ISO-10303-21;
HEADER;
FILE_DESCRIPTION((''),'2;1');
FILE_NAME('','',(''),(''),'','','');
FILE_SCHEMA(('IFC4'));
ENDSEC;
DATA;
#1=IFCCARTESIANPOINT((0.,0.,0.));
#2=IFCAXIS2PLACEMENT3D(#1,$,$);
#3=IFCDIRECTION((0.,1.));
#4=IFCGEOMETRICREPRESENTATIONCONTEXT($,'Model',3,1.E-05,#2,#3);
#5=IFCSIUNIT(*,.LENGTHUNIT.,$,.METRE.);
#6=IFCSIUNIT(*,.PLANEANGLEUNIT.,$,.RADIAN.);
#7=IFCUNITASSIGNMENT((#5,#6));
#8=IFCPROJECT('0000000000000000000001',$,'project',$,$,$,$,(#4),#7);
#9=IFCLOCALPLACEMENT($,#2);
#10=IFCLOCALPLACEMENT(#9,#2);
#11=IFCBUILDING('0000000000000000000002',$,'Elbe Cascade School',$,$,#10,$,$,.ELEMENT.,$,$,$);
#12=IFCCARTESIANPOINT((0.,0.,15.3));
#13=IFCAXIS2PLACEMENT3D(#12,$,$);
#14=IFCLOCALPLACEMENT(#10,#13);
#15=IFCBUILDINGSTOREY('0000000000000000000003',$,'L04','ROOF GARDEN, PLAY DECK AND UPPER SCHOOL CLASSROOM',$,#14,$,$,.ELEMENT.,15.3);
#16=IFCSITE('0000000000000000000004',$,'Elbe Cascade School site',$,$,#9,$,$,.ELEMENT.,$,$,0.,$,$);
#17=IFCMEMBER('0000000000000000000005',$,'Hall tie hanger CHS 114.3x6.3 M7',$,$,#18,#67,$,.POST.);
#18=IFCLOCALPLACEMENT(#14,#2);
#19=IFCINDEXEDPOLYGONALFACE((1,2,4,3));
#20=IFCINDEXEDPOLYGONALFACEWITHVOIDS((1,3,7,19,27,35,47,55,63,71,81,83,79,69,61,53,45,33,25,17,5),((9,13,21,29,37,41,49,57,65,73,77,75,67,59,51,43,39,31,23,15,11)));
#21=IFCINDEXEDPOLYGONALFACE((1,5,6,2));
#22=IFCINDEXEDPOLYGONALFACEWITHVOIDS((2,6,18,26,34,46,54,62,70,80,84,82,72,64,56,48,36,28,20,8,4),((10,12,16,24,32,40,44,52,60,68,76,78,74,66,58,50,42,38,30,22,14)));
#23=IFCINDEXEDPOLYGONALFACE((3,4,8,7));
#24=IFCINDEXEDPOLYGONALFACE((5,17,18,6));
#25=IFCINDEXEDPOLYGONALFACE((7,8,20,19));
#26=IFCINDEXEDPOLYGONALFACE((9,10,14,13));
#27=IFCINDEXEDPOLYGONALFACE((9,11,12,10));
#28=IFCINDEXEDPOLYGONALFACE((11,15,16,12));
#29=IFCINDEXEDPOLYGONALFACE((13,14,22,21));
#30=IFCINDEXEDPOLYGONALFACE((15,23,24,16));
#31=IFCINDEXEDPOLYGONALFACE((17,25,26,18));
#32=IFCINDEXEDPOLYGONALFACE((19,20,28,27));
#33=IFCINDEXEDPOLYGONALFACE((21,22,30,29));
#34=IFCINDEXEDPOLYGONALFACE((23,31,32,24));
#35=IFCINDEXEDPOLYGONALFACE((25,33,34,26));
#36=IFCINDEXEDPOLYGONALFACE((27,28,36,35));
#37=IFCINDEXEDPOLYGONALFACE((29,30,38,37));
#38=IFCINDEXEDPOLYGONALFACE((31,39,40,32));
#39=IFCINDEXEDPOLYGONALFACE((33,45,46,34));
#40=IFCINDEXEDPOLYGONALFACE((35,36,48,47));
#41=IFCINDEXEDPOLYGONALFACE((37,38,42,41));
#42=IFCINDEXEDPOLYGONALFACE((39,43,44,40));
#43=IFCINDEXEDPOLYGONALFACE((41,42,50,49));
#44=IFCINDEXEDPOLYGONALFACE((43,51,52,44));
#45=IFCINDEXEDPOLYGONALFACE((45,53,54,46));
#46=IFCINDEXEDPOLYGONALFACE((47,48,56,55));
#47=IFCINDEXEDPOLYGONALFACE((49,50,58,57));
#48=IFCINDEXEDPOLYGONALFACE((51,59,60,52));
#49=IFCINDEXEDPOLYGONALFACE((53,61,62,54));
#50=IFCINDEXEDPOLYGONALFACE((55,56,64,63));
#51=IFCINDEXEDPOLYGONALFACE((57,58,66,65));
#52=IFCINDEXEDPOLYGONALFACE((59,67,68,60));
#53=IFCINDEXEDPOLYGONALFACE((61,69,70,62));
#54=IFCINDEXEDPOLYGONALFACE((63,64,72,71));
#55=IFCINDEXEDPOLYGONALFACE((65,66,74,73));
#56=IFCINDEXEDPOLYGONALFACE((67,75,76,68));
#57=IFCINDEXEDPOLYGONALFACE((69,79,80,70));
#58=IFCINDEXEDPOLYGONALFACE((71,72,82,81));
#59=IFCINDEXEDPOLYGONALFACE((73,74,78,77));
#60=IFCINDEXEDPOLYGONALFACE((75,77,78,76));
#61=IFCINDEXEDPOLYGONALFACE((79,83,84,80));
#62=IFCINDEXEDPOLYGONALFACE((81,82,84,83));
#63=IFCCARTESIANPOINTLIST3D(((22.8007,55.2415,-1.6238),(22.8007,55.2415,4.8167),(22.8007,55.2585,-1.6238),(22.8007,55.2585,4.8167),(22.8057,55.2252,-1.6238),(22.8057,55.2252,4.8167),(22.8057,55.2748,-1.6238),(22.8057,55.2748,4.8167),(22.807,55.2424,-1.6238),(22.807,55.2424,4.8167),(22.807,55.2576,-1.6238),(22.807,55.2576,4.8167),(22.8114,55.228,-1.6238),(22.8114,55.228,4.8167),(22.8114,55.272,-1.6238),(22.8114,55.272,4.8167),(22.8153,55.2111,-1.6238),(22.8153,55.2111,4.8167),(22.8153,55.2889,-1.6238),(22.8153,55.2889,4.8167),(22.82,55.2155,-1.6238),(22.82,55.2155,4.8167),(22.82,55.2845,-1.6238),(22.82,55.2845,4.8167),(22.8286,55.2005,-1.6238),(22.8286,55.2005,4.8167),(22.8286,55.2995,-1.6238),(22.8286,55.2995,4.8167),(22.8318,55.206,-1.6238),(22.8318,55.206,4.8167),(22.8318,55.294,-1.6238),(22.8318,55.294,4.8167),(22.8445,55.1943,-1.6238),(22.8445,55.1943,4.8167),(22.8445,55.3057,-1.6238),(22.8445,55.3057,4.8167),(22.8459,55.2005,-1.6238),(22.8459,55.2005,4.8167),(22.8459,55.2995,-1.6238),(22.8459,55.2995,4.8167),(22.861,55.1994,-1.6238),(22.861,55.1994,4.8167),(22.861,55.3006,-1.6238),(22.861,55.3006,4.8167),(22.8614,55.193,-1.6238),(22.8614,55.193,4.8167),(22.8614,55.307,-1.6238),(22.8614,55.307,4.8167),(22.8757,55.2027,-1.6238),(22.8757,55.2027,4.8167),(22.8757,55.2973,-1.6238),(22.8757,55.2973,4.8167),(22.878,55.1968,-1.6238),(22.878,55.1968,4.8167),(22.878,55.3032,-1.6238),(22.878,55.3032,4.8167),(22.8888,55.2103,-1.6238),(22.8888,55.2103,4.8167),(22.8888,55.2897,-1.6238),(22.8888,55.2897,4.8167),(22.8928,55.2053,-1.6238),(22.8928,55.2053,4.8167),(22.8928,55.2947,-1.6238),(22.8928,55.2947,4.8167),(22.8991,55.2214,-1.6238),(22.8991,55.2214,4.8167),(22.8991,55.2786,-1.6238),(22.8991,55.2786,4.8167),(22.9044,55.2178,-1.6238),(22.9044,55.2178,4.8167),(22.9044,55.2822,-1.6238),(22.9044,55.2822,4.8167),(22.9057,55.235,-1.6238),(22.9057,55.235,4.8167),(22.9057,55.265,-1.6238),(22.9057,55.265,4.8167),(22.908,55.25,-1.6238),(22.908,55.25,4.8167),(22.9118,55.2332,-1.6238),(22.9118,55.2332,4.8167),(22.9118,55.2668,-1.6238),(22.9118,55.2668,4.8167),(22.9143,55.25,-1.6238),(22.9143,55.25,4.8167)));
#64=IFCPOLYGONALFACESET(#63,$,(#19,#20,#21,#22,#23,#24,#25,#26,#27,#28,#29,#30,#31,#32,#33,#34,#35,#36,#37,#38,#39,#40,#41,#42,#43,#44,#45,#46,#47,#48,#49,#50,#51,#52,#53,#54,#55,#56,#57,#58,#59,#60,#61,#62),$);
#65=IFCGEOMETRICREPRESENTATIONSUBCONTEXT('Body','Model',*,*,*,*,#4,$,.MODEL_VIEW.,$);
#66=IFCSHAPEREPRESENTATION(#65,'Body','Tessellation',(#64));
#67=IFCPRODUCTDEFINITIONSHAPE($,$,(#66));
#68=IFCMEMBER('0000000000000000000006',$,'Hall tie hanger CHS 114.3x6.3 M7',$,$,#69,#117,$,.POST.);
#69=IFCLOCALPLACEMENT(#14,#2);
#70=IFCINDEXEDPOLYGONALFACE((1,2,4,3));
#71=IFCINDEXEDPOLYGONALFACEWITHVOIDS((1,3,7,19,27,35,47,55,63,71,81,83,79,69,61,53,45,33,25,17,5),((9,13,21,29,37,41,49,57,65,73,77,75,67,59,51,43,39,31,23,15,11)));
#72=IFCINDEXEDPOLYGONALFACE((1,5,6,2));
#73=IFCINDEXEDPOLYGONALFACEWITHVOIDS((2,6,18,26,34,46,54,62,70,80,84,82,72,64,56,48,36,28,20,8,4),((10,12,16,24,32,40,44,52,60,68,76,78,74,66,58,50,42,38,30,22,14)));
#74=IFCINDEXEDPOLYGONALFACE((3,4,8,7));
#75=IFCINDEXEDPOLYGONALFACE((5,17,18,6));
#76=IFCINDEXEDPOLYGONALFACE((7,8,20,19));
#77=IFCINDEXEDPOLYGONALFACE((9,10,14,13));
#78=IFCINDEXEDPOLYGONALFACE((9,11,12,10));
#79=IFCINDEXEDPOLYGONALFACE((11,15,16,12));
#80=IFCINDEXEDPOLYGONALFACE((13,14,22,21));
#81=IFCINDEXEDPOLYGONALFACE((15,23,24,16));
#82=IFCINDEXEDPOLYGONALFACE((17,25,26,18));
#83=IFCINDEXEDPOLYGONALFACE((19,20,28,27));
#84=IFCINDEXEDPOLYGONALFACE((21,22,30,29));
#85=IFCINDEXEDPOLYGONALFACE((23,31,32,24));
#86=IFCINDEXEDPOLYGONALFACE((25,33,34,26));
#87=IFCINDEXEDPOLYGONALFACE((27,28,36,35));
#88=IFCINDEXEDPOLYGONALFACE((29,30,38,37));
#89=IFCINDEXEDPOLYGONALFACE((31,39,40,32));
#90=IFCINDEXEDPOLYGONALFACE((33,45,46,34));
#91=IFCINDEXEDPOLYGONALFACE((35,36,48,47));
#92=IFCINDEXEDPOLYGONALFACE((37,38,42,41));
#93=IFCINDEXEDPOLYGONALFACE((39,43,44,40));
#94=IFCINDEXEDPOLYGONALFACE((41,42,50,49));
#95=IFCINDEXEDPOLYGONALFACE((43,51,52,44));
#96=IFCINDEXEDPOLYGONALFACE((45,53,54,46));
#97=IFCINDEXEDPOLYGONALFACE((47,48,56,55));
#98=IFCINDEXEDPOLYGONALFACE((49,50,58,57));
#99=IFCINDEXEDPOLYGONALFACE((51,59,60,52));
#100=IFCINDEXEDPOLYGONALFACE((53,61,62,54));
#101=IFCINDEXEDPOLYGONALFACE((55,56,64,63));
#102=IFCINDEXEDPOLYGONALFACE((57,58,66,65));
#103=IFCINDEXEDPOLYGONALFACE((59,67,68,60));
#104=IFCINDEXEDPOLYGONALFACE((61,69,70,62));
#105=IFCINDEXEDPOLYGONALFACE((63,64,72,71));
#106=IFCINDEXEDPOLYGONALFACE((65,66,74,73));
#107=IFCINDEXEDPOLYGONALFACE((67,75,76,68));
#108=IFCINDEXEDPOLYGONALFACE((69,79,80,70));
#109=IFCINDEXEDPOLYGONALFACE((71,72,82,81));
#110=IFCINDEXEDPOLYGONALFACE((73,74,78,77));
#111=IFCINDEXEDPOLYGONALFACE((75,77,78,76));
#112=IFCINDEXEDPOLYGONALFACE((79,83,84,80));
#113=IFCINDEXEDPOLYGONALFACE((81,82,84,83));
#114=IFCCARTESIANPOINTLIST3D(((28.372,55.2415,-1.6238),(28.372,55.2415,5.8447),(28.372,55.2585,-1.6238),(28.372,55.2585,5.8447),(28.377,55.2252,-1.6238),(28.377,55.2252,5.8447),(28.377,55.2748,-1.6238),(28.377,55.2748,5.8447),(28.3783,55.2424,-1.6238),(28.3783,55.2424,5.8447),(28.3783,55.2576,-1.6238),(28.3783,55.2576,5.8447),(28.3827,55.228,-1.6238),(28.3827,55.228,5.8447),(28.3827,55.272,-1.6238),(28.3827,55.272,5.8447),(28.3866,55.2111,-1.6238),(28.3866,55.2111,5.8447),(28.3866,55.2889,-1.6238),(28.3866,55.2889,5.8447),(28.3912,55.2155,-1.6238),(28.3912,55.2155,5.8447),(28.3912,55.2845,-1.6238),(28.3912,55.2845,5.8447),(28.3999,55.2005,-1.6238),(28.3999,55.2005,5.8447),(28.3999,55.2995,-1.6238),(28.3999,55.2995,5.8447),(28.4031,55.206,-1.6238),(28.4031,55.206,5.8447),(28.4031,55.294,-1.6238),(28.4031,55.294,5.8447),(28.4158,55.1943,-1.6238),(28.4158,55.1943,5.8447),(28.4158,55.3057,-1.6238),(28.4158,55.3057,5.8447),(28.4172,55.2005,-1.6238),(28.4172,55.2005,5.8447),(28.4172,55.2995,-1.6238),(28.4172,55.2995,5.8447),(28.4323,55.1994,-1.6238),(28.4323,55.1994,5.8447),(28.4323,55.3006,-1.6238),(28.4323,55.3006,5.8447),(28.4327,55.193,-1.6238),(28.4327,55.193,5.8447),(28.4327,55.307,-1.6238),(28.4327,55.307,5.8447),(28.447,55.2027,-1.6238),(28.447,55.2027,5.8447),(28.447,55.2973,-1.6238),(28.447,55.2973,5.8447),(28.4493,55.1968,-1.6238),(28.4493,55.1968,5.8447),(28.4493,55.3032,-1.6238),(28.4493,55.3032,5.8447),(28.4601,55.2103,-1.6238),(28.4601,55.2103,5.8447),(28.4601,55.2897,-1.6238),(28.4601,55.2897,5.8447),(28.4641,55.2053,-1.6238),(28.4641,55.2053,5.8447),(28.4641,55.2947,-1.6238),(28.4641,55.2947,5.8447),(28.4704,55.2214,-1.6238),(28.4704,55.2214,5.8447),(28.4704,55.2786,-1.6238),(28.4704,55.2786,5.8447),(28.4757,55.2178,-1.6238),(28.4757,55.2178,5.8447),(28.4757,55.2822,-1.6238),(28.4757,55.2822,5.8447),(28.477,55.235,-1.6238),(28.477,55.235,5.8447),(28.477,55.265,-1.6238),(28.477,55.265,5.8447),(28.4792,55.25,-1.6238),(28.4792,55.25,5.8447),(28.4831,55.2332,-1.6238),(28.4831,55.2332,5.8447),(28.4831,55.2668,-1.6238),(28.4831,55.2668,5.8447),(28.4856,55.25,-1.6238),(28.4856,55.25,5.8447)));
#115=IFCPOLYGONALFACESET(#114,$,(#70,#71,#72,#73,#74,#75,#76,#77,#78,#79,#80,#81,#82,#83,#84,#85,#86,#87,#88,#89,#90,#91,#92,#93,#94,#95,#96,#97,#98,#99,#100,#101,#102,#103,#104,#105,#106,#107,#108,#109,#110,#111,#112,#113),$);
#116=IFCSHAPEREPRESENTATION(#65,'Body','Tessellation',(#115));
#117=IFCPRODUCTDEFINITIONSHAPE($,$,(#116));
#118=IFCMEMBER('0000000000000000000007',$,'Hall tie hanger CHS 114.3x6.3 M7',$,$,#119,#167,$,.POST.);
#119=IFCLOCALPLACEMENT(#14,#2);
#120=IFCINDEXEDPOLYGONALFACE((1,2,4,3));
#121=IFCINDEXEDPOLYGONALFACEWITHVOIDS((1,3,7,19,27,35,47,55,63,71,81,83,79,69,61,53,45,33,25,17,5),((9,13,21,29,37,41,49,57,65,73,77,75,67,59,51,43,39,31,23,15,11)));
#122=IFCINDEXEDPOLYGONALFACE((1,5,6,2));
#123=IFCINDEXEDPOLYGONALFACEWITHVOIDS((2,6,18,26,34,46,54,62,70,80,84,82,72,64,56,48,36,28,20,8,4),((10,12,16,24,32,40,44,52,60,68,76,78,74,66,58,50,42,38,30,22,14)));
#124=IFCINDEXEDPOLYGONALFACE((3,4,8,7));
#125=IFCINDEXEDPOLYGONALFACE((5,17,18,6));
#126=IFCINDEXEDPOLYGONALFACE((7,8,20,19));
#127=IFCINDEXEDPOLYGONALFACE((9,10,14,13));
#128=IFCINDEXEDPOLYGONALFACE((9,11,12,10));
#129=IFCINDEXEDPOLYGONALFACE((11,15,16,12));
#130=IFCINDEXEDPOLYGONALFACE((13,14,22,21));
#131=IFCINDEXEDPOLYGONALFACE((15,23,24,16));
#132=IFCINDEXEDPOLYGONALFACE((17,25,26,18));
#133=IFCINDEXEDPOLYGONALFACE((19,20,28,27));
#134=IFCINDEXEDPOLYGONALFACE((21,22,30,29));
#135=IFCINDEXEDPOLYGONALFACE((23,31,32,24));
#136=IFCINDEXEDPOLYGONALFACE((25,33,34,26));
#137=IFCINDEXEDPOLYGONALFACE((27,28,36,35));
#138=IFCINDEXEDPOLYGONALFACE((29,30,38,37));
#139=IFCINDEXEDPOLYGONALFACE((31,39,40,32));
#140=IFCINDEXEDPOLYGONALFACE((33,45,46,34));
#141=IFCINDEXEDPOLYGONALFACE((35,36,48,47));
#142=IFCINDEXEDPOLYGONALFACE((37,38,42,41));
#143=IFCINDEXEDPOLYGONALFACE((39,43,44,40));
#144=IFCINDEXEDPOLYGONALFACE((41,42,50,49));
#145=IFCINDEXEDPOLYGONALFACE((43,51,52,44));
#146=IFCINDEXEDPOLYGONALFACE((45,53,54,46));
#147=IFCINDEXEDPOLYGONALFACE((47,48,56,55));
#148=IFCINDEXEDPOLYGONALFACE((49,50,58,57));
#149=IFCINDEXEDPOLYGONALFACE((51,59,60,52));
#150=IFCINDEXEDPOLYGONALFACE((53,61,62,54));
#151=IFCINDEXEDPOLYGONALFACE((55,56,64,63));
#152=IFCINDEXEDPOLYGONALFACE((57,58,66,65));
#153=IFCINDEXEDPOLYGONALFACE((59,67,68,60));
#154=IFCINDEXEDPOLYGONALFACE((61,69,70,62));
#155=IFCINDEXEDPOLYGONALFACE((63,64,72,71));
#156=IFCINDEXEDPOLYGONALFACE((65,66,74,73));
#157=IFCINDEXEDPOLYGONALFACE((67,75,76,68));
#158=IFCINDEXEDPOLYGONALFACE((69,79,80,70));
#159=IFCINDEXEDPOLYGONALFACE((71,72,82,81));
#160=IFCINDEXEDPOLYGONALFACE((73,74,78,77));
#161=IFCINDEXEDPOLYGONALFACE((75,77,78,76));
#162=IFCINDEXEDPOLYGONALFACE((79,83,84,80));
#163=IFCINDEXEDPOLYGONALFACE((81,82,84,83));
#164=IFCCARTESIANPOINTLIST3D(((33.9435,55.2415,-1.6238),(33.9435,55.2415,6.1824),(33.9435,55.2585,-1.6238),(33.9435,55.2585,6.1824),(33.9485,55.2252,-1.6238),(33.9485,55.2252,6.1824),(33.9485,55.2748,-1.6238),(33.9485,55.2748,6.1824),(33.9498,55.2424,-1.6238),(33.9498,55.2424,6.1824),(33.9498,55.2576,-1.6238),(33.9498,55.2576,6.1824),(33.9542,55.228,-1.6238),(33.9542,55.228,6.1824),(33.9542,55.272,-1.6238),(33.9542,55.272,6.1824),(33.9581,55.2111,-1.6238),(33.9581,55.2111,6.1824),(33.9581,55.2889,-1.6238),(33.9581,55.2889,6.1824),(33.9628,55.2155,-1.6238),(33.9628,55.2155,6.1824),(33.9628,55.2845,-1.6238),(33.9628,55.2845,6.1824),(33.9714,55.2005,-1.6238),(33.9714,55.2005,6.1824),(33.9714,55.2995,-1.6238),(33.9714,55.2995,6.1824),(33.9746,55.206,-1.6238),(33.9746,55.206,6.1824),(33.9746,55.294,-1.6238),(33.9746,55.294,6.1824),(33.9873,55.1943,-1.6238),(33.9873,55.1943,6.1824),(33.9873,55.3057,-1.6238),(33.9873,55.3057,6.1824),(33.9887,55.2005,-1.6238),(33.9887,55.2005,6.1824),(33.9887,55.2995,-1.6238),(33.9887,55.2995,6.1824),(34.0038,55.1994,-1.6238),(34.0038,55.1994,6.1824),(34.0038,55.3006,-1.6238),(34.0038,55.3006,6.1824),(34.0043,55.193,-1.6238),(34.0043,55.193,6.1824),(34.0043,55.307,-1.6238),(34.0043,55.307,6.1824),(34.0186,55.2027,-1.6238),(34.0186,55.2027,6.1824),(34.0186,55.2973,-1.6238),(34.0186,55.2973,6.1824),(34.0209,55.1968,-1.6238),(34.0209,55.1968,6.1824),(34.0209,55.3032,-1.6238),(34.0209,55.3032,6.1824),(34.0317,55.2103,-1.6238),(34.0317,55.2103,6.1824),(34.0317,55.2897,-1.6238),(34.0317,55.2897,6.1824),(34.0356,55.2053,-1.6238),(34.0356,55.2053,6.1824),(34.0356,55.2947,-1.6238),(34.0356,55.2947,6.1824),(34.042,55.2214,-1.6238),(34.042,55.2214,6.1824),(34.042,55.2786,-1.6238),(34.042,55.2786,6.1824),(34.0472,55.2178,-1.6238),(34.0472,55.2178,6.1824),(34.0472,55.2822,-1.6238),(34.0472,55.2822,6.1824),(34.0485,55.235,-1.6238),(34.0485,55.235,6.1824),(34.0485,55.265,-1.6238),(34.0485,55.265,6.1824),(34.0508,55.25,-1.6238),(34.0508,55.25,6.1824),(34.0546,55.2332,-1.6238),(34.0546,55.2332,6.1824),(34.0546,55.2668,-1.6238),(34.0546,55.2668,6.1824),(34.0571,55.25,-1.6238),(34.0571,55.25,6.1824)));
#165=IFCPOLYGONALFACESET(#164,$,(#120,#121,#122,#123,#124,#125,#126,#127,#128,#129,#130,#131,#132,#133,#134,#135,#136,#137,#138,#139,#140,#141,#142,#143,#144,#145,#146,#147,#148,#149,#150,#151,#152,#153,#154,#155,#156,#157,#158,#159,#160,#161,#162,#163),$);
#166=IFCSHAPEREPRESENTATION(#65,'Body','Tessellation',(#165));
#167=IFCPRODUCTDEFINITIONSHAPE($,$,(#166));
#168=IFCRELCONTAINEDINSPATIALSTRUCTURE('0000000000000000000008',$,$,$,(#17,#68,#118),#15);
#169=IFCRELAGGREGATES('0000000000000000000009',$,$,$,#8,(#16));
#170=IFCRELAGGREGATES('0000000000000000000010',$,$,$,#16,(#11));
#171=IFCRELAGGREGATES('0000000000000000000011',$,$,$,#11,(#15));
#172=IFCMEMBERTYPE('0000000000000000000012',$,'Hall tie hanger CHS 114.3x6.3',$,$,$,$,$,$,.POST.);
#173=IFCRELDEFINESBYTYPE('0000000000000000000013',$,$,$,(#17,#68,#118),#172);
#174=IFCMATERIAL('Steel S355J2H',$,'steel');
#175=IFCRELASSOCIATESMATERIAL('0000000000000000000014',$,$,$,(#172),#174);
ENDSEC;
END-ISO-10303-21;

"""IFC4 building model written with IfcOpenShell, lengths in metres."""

from ifc_helpers import new_model, si_unit, direction, frame, origin, origin_2d, place, context, subcontext, project, spatial, hollow_circle, extrude, material, material_profile, profile_set, type_object, element, save


model = new_model("IFC4")

# Units and contexts
model_context = context("Model", 3, precision=1e-05, world=origin(), true_north=direction((0.0, 1.0)))
body_context = subcontext(model_context, "Body", "Model", "MODEL_VIEW")
ifc_project = project(units=[si_unit("LENGTHUNIT", "METRE"), si_unit("PLANEANGLEUNIT", "RADIAN")], contexts=[model_context])

# Site, building, storey
site_placement = place(None, origin())
site = spatial("IfcSite", under=ifc_project, at=site_placement, Name="Elbe Cascade School site", CompositionType="ELEMENT", RefElevation=0.0)
building_placement = place(site_placement, origin())
building = spatial("IfcBuilding", under=site, at=building_placement, Name="Elbe Cascade School", CompositionType="ELEMENT")
storey_placement = place(building_placement, frame((0.0, 0.0, 15.3)))
storey = spatial("IfcBuildingStorey", under=building, at=storey_placement, Name="L04", Description="ROOF GARDEN, PLAY DECK AND UPPER SCHOOL CLASSROOM", CompositionType="ELEMENT", Elevation=15.3)

# Members
ifc_material_1 = material(Name="Steel S355J2H", Category="steel")
ifc_material_profile_1 = material_profile(ifc_material_1, hollow_circle(Radius=0.0571, WallThickness=0.0063, at=origin_2d()), Name="CHS 114.3x6.3")
ifc_profile_set_1 = profile_set([ifc_material_profile_1], Name="Steel S355J2H")
member_type_1 = type_object("IfcMemberType", Name="Hall tie hanger CHS 114.3x6.3", PredefinedType="POST", material=ifc_profile_set_1)
for number, where, z_axis, x_axis, name in (
    (1, (22.8572, 55.25, -1.6238), (0.0, 0.0, 1.0), (1.0, 0.0, 0.0), "Hall tie hanger CHS 114.3x6.3 M7"),
):
    element("IfcMember", number, at=place(storey_placement, frame(where, z_axis=z_axis, x_axis=x_axis)), inside=storey, type_object=member_type_1, Name=name, PredefinedType="POST", context=body_context, shape_type="SweptSolid", body=[
        extrude(hollow_circle(Radius=0.0571, WallThickness=0.0063, at=origin_2d()), origin(), (0.0, 0.0, 1.0), 6.4404),
    ])
member_1_placement = place(storey_placement, frame((28.4285, 55.25, -1.6238), z_axis=(0.0, 0.0, 1.0), x_axis=(1.0, 0.0, 0.0)))
element("IfcMember", 2, at=member_1_placement, inside=storey, type_object=member_type_1, Name="Hall tie hanger CHS 114.3x6.3 M7", PredefinedType="POST", context=body_context, shape_type="SweptSolid", body=[
    extrude(hollow_circle(Radius=0.0571, WallThickness=0.0063, at=origin_2d()), origin(), (0.0, 0.0, 1.0), 7.4685),
])
member_2_placement = place(storey_placement, frame((34.0, 55.25, -1.6238), z_axis=(0.0, 0.0, 1.0), x_axis=(1.0, 0.0, 0.0)))
element("IfcMember", 3, at=member_2_placement, inside=storey, type_object=member_type_1, Name="Hall tie hanger CHS 114.3x6.3 M7", PredefinedType="POST", context=body_context, shape_type="SweptSolid", body=[
    extrude(hollow_circle(Radius=0.0571, WallThickness=0.0063, at=origin_2d()), origin(), (0.0, 0.0, 1.0), 7.8062),
])

save(model, "model.ifc")
